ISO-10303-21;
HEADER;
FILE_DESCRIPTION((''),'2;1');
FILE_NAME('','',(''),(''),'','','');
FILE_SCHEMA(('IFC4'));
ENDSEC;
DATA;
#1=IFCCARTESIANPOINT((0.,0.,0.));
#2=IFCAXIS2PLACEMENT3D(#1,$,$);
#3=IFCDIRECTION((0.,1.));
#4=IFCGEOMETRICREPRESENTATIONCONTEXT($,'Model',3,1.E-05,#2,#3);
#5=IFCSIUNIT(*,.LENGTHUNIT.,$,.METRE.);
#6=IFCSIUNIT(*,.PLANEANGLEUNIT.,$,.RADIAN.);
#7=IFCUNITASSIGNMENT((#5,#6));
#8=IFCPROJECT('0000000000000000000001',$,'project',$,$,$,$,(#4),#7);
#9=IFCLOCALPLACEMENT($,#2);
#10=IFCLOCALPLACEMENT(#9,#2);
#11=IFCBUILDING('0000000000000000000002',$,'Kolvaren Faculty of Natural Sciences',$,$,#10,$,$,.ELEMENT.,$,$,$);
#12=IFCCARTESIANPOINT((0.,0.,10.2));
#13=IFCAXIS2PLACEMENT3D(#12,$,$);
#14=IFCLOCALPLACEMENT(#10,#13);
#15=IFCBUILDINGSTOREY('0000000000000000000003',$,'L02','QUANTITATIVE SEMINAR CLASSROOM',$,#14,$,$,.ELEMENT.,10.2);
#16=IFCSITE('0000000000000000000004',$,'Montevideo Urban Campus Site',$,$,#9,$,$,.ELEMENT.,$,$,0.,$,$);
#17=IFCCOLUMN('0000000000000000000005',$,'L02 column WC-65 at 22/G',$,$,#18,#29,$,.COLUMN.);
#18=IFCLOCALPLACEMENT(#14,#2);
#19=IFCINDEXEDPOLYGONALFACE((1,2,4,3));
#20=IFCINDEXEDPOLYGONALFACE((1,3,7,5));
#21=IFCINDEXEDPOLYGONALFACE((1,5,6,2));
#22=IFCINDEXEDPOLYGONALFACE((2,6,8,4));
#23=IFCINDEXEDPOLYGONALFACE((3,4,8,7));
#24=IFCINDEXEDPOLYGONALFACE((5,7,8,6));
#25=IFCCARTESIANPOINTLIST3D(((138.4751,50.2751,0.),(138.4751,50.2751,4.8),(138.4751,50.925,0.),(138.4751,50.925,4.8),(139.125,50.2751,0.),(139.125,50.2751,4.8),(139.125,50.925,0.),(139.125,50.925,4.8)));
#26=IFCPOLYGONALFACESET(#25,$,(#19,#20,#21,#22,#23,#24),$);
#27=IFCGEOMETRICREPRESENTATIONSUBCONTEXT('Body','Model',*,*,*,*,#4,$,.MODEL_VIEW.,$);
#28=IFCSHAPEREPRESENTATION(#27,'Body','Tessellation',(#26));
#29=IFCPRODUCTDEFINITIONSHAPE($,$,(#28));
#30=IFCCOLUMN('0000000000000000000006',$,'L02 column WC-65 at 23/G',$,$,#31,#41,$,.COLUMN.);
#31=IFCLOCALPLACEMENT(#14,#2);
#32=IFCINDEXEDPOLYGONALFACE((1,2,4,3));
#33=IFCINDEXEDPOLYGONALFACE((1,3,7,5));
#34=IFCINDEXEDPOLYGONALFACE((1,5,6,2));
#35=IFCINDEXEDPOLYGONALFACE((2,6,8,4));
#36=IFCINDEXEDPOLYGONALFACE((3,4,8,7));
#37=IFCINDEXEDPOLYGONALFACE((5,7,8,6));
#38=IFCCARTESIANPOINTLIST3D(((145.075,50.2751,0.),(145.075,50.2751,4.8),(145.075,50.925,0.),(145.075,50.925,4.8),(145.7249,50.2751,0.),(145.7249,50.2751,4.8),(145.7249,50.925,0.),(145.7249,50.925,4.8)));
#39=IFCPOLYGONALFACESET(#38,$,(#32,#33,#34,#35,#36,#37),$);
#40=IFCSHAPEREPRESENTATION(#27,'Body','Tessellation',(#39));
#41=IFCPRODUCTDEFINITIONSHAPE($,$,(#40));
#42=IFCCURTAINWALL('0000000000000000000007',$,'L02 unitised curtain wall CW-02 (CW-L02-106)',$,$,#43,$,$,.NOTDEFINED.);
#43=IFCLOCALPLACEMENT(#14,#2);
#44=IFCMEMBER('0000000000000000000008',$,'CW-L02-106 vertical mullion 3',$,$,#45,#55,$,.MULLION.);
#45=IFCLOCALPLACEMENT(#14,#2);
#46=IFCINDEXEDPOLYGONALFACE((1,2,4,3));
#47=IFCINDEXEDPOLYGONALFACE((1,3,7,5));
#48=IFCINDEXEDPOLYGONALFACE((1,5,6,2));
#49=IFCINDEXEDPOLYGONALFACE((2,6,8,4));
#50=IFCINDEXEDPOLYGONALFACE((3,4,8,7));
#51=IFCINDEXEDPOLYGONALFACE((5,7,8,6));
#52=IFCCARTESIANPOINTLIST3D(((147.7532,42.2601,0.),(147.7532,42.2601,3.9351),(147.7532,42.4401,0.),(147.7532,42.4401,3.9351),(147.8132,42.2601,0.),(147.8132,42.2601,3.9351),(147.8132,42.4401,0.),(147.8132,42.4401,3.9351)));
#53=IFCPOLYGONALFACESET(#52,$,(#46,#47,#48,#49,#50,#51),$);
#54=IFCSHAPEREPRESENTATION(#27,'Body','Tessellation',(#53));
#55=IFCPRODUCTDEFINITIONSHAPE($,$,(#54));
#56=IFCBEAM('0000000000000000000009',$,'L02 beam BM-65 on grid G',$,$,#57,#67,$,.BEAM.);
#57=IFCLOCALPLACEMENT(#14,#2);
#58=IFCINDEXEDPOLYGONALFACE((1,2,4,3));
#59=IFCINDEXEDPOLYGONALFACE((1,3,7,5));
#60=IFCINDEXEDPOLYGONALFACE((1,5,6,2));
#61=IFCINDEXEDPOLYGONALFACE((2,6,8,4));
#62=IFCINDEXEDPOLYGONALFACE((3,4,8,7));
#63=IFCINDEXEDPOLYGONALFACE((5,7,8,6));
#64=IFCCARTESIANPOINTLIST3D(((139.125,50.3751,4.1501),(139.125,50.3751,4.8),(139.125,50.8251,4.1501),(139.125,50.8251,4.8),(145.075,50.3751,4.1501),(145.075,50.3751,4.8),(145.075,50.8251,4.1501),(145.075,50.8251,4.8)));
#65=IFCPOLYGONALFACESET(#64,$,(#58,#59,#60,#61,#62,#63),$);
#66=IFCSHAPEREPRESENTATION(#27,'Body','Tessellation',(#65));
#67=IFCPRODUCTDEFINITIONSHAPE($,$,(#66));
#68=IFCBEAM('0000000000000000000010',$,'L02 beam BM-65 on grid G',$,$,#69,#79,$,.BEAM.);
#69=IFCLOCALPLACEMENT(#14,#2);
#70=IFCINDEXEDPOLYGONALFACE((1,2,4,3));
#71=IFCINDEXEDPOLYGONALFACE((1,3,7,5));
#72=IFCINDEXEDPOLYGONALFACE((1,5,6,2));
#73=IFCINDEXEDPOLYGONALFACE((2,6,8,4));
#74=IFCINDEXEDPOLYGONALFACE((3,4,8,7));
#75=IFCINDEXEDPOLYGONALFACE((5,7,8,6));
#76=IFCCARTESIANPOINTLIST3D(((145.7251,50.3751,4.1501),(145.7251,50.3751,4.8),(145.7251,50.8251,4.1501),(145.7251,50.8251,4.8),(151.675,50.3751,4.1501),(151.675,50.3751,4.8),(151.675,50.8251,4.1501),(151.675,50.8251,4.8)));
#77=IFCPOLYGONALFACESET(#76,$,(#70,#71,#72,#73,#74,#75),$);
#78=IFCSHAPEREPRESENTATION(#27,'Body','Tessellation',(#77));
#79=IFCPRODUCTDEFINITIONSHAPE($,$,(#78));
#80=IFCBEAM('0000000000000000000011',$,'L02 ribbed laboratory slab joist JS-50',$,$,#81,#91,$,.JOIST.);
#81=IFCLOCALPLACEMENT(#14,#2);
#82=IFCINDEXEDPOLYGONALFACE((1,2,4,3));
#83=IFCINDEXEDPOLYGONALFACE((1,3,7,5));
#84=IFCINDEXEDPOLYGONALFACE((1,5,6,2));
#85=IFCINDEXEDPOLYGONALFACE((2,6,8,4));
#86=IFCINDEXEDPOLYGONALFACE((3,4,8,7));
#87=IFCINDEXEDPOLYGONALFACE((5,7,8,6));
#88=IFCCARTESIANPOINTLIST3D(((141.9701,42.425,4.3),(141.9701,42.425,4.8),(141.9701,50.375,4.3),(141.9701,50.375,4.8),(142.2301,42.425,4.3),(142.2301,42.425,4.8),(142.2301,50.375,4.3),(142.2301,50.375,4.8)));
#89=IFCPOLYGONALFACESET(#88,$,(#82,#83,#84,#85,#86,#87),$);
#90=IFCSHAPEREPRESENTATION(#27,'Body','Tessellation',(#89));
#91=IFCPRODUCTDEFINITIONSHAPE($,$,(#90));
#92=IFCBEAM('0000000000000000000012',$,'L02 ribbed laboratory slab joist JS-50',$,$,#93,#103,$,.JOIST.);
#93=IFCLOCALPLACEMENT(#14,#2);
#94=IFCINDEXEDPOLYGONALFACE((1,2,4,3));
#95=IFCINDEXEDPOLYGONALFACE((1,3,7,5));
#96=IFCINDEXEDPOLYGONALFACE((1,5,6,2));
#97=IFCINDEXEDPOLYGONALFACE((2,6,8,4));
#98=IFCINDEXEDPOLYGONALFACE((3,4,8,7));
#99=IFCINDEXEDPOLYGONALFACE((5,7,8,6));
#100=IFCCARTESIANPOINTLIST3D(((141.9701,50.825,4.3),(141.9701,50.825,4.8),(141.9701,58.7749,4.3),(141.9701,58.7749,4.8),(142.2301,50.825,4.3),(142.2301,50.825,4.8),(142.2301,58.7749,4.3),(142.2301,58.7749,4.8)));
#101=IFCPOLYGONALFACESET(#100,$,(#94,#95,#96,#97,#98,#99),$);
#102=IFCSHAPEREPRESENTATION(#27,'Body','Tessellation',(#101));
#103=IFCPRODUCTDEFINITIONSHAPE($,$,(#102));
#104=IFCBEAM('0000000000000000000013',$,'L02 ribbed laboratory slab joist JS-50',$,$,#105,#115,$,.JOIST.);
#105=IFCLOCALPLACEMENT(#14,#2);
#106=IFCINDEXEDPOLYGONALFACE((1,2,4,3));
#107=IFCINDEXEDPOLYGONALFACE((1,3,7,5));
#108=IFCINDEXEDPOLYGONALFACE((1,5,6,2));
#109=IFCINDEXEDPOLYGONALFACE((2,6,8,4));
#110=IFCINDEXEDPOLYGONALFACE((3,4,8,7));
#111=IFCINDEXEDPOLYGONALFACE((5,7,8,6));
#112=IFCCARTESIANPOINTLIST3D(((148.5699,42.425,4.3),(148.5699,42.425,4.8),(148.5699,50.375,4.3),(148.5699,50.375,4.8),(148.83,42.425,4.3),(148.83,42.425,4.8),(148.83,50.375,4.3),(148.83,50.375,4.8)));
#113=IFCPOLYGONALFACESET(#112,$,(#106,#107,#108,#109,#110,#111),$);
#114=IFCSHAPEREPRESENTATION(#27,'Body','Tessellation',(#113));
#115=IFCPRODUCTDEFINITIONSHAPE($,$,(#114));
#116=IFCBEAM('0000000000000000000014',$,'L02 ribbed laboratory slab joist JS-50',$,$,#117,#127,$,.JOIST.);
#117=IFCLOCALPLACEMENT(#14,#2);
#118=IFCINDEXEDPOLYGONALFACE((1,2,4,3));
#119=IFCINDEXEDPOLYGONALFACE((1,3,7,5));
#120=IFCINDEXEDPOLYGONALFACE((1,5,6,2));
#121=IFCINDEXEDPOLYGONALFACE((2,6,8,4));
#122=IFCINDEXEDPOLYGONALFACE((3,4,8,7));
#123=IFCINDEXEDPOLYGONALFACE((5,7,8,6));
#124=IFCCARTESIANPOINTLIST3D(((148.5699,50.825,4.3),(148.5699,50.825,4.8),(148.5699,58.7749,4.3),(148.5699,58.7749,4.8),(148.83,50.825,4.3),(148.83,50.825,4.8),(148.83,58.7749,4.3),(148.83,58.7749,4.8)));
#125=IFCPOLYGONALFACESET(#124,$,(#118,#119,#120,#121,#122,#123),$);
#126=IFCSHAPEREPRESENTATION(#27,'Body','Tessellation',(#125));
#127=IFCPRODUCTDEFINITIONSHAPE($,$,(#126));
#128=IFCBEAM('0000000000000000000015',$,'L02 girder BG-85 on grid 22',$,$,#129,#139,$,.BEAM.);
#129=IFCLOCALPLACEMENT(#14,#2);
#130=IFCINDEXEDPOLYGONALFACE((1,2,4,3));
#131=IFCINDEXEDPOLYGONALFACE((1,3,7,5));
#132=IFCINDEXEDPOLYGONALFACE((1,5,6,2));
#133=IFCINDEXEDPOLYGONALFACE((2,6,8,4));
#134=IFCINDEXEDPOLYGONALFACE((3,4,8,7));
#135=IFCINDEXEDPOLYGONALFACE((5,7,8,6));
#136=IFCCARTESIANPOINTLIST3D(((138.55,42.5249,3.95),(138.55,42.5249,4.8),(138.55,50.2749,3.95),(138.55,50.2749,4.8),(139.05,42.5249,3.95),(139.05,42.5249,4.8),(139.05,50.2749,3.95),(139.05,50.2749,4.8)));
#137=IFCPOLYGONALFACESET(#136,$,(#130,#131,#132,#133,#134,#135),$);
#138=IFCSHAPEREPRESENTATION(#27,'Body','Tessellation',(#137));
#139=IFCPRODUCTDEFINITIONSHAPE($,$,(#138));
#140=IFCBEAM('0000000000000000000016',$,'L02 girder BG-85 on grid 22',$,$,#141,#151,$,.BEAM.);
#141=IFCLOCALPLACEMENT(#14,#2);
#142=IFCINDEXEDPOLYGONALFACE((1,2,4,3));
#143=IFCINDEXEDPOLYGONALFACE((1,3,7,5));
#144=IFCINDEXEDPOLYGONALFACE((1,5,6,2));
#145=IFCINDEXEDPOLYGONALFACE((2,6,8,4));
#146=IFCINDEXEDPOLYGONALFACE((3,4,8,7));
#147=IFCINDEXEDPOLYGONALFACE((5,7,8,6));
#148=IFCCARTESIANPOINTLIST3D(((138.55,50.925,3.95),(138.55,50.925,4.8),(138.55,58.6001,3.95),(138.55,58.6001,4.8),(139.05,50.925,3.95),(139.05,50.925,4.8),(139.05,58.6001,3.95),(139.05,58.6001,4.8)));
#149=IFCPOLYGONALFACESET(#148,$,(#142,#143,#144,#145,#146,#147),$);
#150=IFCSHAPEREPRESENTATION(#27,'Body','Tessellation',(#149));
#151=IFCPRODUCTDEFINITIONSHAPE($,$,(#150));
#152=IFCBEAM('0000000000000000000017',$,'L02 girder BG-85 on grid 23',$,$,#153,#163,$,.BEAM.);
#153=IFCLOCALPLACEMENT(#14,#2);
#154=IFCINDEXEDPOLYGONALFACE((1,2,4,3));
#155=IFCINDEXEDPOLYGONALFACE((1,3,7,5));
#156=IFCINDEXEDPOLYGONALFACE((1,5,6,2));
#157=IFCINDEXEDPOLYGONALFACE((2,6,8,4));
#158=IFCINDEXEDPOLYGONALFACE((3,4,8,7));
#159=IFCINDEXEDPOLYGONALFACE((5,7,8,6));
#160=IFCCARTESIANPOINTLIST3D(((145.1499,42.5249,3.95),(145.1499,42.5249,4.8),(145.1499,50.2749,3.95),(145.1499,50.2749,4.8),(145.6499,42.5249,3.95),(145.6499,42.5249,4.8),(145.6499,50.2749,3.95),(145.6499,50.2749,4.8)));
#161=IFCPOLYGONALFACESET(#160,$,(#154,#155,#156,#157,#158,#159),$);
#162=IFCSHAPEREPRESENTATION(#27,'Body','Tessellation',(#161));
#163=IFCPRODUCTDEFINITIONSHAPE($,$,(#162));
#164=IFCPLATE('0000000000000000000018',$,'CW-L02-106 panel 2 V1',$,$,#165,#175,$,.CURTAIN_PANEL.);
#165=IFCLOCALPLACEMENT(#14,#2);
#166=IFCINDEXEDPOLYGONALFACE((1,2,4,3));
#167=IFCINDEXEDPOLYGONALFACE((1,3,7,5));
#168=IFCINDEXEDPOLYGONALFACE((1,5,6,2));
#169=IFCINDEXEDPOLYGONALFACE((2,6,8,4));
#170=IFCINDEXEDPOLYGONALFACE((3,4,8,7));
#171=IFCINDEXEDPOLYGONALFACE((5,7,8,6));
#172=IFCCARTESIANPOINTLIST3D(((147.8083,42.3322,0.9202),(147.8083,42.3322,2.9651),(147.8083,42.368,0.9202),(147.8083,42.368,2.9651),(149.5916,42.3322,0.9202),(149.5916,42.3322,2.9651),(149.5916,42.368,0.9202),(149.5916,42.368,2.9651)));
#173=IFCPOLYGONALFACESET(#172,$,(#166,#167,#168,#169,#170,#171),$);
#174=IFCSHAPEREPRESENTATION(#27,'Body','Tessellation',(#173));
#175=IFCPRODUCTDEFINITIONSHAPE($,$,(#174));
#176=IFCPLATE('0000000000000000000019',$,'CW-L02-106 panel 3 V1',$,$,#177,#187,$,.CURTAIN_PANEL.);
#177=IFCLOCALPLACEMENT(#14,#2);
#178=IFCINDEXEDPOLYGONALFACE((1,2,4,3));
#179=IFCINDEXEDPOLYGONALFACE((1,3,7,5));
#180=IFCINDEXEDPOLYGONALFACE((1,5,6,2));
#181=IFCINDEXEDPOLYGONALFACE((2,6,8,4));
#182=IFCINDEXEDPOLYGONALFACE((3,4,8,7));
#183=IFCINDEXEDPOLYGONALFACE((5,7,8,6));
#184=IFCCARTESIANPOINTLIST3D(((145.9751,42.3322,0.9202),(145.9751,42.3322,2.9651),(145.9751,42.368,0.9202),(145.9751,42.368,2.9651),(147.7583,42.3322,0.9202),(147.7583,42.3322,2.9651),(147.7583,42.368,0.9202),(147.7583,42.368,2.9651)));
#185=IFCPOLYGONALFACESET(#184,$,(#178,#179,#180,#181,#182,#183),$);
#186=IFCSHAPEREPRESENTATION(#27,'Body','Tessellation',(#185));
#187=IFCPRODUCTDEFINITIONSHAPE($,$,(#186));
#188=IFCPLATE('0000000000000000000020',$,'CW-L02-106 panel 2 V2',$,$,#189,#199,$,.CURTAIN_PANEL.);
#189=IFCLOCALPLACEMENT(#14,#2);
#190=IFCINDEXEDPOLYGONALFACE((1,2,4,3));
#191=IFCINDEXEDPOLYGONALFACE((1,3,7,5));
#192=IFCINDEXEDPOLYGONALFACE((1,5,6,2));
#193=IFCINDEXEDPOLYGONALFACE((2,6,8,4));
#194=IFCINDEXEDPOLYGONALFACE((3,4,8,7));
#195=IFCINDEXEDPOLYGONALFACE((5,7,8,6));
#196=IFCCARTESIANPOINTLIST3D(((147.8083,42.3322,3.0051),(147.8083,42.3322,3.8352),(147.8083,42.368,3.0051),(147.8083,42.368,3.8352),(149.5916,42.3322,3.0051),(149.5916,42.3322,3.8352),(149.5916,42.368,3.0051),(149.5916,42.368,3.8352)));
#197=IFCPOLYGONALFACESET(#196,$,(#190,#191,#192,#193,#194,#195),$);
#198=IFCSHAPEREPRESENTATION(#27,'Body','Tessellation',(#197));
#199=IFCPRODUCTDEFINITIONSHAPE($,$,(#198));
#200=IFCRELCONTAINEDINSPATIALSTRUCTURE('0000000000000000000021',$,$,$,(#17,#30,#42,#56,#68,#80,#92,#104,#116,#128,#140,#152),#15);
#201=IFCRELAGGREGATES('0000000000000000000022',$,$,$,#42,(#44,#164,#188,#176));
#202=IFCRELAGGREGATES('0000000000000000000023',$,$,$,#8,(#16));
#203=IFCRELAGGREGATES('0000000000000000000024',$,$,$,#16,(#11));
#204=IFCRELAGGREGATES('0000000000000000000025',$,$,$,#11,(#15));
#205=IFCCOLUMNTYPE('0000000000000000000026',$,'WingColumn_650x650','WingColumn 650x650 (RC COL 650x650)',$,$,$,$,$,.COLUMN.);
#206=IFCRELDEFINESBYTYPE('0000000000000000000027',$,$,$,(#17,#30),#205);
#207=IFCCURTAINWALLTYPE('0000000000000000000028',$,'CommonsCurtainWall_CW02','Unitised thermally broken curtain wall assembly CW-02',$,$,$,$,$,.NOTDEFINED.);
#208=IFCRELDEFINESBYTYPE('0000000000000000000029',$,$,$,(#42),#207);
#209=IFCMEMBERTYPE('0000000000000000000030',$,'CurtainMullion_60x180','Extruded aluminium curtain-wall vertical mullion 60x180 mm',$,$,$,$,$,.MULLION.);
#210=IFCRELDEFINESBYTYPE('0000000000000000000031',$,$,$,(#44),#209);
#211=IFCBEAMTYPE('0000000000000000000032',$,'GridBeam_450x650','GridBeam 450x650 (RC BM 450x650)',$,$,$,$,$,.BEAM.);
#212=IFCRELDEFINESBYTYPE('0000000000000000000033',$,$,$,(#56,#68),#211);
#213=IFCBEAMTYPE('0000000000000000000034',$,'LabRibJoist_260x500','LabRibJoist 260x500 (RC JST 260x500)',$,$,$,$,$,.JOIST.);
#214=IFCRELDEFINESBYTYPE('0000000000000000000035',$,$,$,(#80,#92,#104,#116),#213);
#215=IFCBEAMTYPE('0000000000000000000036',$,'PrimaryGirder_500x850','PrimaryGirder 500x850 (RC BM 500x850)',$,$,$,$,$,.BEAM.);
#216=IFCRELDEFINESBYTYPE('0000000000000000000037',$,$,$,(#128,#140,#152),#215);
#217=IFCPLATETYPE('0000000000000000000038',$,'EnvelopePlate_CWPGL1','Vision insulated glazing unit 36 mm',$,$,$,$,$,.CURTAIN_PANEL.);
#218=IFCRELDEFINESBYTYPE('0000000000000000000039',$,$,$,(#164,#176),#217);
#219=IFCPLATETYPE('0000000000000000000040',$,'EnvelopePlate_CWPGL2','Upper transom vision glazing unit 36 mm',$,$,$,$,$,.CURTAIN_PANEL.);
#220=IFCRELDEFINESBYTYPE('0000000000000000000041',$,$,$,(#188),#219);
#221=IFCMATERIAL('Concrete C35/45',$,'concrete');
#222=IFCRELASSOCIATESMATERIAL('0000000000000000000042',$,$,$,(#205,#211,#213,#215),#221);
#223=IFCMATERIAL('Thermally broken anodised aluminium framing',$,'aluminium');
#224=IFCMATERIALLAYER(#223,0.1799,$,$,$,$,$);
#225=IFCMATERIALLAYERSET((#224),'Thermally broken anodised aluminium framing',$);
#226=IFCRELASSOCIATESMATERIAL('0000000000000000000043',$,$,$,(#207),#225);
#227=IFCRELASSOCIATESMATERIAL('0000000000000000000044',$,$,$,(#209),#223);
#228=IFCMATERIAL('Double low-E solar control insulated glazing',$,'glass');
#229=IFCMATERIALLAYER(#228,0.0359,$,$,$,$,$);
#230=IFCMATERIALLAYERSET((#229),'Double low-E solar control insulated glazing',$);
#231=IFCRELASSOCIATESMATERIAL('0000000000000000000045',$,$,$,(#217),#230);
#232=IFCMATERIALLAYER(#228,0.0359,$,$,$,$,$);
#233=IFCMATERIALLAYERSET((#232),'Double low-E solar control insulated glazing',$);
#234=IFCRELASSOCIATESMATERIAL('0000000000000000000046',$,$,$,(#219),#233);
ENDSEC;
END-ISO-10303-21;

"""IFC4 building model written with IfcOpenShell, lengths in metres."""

from ifc_helpers import new_model, si_unit, direction, frame, origin, origin_2d, place, context, subcontext, project, spatial, rectangle, extrude, material, layer, layer_set, material_profile, profile_set, type_object, element, aggregate, save


model = new_model("IFC4")

# Units and contexts
model_context = context("Model", 3, precision=1e-05, world=origin(), true_north=direction((0.0, 1.0)))
body_context = subcontext(model_context, "Body", "Model", "MODEL_VIEW")
ifc_project = project(units=[si_unit("LENGTHUNIT", "METRE"), si_unit("PLANEANGLEUNIT", "RADIAN")], contexts=[model_context])

# Site, building, storey
site_placement = place(None, origin())
site = spatial("IfcSite", under=ifc_project, at=site_placement, Name="Montevideo Urban Campus Site", CompositionType="ELEMENT", RefElevation=0.0)
building_placement = place(site_placement, origin())
building = spatial("IfcBuilding", under=site, at=building_placement, Name="Kolvaren Faculty of Natural Sciences", CompositionType="ELEMENT")
storey_placement = place(building_placement, frame((0.0, 0.0, 10.2)))
storey = spatial("IfcBuildingStorey", under=building, at=storey_placement, Name="L02", Description="QUANTITATIVE SEMINAR CLASSROOM", CompositionType="ELEMENT", Elevation=10.2)

# Columns
ifc_material_1 = material(Name="Concrete C35/45", Category="concrete")
ifc_material_profile_1 = material_profile(ifc_material_1, rectangle(XDim=0.6499, YDim=0.6499, at=origin_2d()), Name="RC COL 650x650")
ifc_profile_set_1 = profile_set([ifc_material_profile_1], Name="Concrete C35/45")
column_type = type_object("IfcColumnType", Name="WingColumn_650x650", Description="WingColumn 650x650 (RC COL 650x650)", PredefinedType="COLUMN", material=ifc_profile_set_1)
for number, where, z_axis, x_axis, name in (
    (1, (138.8, 50.6001, 0.0), (0.0, 0.0, 1.0), (1.0, 0.0, 0.0), "L02 column WC-65 at 22/G"),
    (2, (145.3999, 50.6001, 0.0), (0.0, 0.0, 1.0), (1.0, 0.0, 0.0), "L02 column WC-65 at 23/G"),
):
    element("IfcColumn", number, at=place(storey_placement, frame(where, z_axis=z_axis, x_axis=x_axis)), inside=storey, type_object=column_type, Name=name, PredefinedType="COLUMN", context=body_context, shape_type="SweptSolid", body=[
        extrude(rectangle(XDim=0.6499, YDim=0.6499, at=origin_2d()), origin(), (0.0, 0.0, 1.0), 4.8),
    ])

# Curtain wall, member
ifc_material_2 = material(Name="Thermally broken anodised aluminium framing", Category="aluminium")
ifc_layer_1 = layer(ifc_material_2, 0.1799)
ifc_layer_set_1 = layer_set([ifc_layer_1], Name="Thermally broken anodised aluminium framing")
curtain_wall_type = type_object("IfcCurtainWallType", Name="CommonsCurtainWall_CW02", Description="Unitised thermally broken curtain wall assembly CW-02", PredefinedType="NOTDEFINED", material=ifc_layer_set_1)
curtain_wall_placement = place(storey_placement, origin())
curtain_wall = element("IfcCurtainWall", 3, at=curtain_wall_placement, inside=storey, type_object=curtain_wall_type, Name="L02 unitised curtain wall CW-02 (CW-L02-106)", PredefinedType="NOTDEFINED")
ifc_material_profile_2 = material_profile(ifc_material_2, rectangle(XDim=0.0601, YDim=0.1799, at=origin_2d()), Name="ALU MUL 60x180")
ifc_profile_set_2 = profile_set([ifc_material_profile_2], Name="Thermally broken anodised aluminium framing")
member_type = type_object("IfcMemberType", Name="CurtainMullion_60x180", Description="Extruded aluminium curtain-wall vertical mullion 60x180 mm", PredefinedType="MULLION", material=ifc_profile_set_2)
member_placement = place(storey_placement, frame((147.7832, 42.3501, 0.0), z_axis=(0.0, 0.0, 1.0), x_axis=(-1.0, 0.0, 0.0)))
member = element("IfcMember", 4, at=member_placement, type_object=member_type, Name="CW-L02-106 vertical mullion 3", PredefinedType="MULLION", context=body_context, shape_type="SweptSolid", body=[
    extrude(rectangle(XDim=0.0601, YDim=0.1799, at=origin_2d()), origin(), (0.0, 0.0, 1.0), 3.9351),
])

# Beams
ifc_material_profile_3 = material_profile(ifc_material_1, rectangle(XDim=0.45, YDim=0.6499, at=origin_2d()), Name="RC BM 450x650")
ifc_profile_set_3 = profile_set([ifc_material_profile_3], Name="Concrete C35/45")
beam_type_1 = type_object("IfcBeamType", Name="GridBeam_450x650", Description="GridBeam 450x650 (RC BM 450x650)", PredefinedType="BEAM", material=ifc_profile_set_3)
for number, where, z_axis, x_axis, name in (
    (5, (139.125, 50.6001, 4.4751), (1.0, 0.0, 0.0), (0.0, 1.0, 0.0), "L02 beam BM-65 on grid G"),
    (6, (145.7251, 50.6001, 4.4751), (1.0, 0.0, 0.0), (0.0, 1.0, 0.0), "L02 beam BM-65 on grid G"),
):
    element("IfcBeam", number, at=place(storey_placement, frame(where, z_axis=z_axis, x_axis=x_axis)), inside=storey, type_object=beam_type_1, Name=name, PredefinedType="BEAM", context=body_context, shape_type="SweptSolid", body=[
        extrude(rectangle(XDim=0.45, YDim=0.6499, at=origin_2d()), origin(), (0.0, 0.0, 1.0), 5.95),
    ])
ifc_material_profile_4 = material_profile(ifc_material_1, rectangle(XDim=0.26, YDim=0.5, at=origin_2d()), Name="RC JST 260x500")
ifc_profile_set_4 = profile_set([ifc_material_profile_4], Name="Concrete C35/45")
beam_type_2 = type_object("IfcBeamType", Name="LabRibJoist_260x500", Description="LabRibJoist 260x500 (RC JST 260x500)", PredefinedType="JOIST", material=ifc_profile_set_4)
for number, where, z_axis, x_axis, name in (
    (7, (142.1001, 42.425, 4.55), (0.0, 1.0, 0.0), (-1.0, 0.0, 0.0), "L02 ribbed laboratory slab joist JS-50"),
    (8, (142.1001, 50.825, 4.55), (0.0, 1.0, 0.0), (-1.0, 0.0, 0.0), "L02 ribbed laboratory slab joist JS-50"),
    (9, (148.7, 42.425, 4.55), (0.0, 1.0, 0.0), (-1.0, 0.0, 0.0), "L02 ribbed laboratory slab joist JS-50"),
    (10, (148.7, 50.825, 4.55), (0.0, 1.0, 0.0), (-1.0, 0.0, 0.0), "L02 ribbed laboratory slab joist JS-50"),
):
    element("IfcBeam", number, at=place(storey_placement, frame(where, z_axis=z_axis, x_axis=x_axis)), inside=storey, type_object=beam_type_2, Name=name, PredefinedType="JOIST", context=body_context, shape_type="SweptSolid", body=[
        extrude(rectangle(XDim=0.26, YDim=0.5, at=origin_2d()), origin(), (0.0, 0.0, 1.0), 7.95),
    ])
ifc_material_profile_5 = material_profile(ifc_material_1, rectangle(XDim=0.5, YDim=0.8501, at=origin_2d()), Name="RC BM 500x850")
ifc_profile_set_5 = profile_set([ifc_material_profile_5], Name="Concrete C35/45")
beam_type_3 = type_object("IfcBeamType", Name="PrimaryGirder_500x850", Description="PrimaryGirder 500x850 (RC BM 500x850)", PredefinedType="BEAM", material=ifc_profile_set_5)
beam_1_placement = place(storey_placement, frame((138.8, 42.5249, 4.375), z_axis=(0.0, 1.0, 0.0), x_axis=(-1.0, 0.0, 0.0)))
element("IfcBeam", 11, at=beam_1_placement, inside=storey, type_object=beam_type_3, Name="L02 girder BG-85 on grid 22", PredefinedType="BEAM", context=body_context, shape_type="SweptSolid", body=[
    extrude(rectangle(XDim=0.5, YDim=0.8501, at=origin_2d()), origin(), (0.0, 0.0, 1.0), 7.75),
])
beam_2_placement = place(storey_placement, frame((138.8, 50.925, 4.375), z_axis=(0.0, 1.0, 0.0), x_axis=(-1.0, 0.0, 0.0)))
element("IfcBeam", 12, at=beam_2_placement, inside=storey, type_object=beam_type_3, Name="L02 girder BG-85 on grid 22", PredefinedType="BEAM", context=body_context, shape_type="SweptSolid", body=[
    extrude(rectangle(XDim=0.5, YDim=0.8501, at=origin_2d()), origin(), (0.0, 0.0, 1.0), 7.675),
])
beam_3_placement = place(storey_placement, frame((145.3999, 42.5249, 4.375), z_axis=(0.0, 1.0, 0.0), x_axis=(-1.0, 0.0, 0.0)))
element("IfcBeam", 13, at=beam_3_placement, inside=storey, type_object=beam_type_3, Name="L02 girder BG-85 on grid 23", PredefinedType="BEAM", context=body_context, shape_type="SweptSolid", body=[
    extrude(rectangle(XDim=0.5, YDim=0.8501, at=origin_2d()), origin(), (0.0, 0.0, 1.0), 7.75),
])

# Plates
ifc_material_3 = material(Name="Double low-E solar control insulated glazing", Category="glass")
ifc_layer_2 = layer(ifc_material_3, 0.0359)
ifc_layer_set_2 = layer_set([ifc_layer_2], Name="Double low-E solar control insulated glazing")
plate_type_1 = type_object("IfcPlateType", Name="EnvelopePlate_CWPGL1", Description="Vision insulated glazing unit 36 mm", PredefinedType="CURTAIN_PANEL", material=ifc_layer_set_2)
plate_1_placement = place(storey_placement, frame((148.7, 42.3501, 0.9202), z_axis=(0.0, 0.0, 1.0), x_axis=(-1.0, 0.0, 0.0)))
plate_1 = element("IfcPlate", 14, at=plate_1_placement, type_object=plate_type_1, Name="CW-L02-106 panel 2 V1", PredefinedType="CURTAIN_PANEL", context=body_context, shape_type="SweptSolid", body=[
    extrude(rectangle(XDim=1.7832, YDim=0.0359, at=origin_2d()), origin(), (0.0, 0.0, 1.0), 2.0449),
])
plate_2_placement = place(storey_placement, frame((146.8667, 42.3501, 0.9202), z_axis=(0.0, 0.0, 1.0), x_axis=(-1.0, 0.0, 0.0)))
plate_2 = element("IfcPlate", 15, at=plate_2_placement, type_object=plate_type_1, Name="CW-L02-106 panel 3 V1", PredefinedType="CURTAIN_PANEL", context=body_context, shape_type="SweptSolid", body=[
    extrude(rectangle(XDim=1.7832, YDim=0.0359, at=origin_2d()), origin(), (0.0, 0.0, 1.0), 2.0449),
])
ifc_layer_3 = layer(ifc_material_3, 0.0359)
ifc_layer_set_3 = layer_set([ifc_layer_3], Name="Double low-E solar control insulated glazing")
plate_type_2 = type_object("IfcPlateType", Name="EnvelopePlate_CWPGL2", Description="Upper transom vision glazing unit 36 mm", PredefinedType="CURTAIN_PANEL", material=ifc_layer_set_3)
plate_3_placement = place(storey_placement, frame((148.7, 42.3501, 3.0051), z_axis=(0.0, 0.0, 1.0), x_axis=(-1.0, 0.0, 0.0)))
plate_3 = element("IfcPlate", 16, at=plate_3_placement, type_object=plate_type_2, Name="CW-L02-106 panel 2 V2", PredefinedType="CURTAIN_PANEL", context=body_context, shape_type="SweptSolid", body=[
    extrude(rectangle(XDim=1.7832, YDim=0.0359, at=origin_2d()), origin(), (0.0, 0.0, 1.0), 0.8301),
])
aggregate(curtain_wall, [member, plate_1, plate_3, plate_2])

save(model, "model.ifc")
